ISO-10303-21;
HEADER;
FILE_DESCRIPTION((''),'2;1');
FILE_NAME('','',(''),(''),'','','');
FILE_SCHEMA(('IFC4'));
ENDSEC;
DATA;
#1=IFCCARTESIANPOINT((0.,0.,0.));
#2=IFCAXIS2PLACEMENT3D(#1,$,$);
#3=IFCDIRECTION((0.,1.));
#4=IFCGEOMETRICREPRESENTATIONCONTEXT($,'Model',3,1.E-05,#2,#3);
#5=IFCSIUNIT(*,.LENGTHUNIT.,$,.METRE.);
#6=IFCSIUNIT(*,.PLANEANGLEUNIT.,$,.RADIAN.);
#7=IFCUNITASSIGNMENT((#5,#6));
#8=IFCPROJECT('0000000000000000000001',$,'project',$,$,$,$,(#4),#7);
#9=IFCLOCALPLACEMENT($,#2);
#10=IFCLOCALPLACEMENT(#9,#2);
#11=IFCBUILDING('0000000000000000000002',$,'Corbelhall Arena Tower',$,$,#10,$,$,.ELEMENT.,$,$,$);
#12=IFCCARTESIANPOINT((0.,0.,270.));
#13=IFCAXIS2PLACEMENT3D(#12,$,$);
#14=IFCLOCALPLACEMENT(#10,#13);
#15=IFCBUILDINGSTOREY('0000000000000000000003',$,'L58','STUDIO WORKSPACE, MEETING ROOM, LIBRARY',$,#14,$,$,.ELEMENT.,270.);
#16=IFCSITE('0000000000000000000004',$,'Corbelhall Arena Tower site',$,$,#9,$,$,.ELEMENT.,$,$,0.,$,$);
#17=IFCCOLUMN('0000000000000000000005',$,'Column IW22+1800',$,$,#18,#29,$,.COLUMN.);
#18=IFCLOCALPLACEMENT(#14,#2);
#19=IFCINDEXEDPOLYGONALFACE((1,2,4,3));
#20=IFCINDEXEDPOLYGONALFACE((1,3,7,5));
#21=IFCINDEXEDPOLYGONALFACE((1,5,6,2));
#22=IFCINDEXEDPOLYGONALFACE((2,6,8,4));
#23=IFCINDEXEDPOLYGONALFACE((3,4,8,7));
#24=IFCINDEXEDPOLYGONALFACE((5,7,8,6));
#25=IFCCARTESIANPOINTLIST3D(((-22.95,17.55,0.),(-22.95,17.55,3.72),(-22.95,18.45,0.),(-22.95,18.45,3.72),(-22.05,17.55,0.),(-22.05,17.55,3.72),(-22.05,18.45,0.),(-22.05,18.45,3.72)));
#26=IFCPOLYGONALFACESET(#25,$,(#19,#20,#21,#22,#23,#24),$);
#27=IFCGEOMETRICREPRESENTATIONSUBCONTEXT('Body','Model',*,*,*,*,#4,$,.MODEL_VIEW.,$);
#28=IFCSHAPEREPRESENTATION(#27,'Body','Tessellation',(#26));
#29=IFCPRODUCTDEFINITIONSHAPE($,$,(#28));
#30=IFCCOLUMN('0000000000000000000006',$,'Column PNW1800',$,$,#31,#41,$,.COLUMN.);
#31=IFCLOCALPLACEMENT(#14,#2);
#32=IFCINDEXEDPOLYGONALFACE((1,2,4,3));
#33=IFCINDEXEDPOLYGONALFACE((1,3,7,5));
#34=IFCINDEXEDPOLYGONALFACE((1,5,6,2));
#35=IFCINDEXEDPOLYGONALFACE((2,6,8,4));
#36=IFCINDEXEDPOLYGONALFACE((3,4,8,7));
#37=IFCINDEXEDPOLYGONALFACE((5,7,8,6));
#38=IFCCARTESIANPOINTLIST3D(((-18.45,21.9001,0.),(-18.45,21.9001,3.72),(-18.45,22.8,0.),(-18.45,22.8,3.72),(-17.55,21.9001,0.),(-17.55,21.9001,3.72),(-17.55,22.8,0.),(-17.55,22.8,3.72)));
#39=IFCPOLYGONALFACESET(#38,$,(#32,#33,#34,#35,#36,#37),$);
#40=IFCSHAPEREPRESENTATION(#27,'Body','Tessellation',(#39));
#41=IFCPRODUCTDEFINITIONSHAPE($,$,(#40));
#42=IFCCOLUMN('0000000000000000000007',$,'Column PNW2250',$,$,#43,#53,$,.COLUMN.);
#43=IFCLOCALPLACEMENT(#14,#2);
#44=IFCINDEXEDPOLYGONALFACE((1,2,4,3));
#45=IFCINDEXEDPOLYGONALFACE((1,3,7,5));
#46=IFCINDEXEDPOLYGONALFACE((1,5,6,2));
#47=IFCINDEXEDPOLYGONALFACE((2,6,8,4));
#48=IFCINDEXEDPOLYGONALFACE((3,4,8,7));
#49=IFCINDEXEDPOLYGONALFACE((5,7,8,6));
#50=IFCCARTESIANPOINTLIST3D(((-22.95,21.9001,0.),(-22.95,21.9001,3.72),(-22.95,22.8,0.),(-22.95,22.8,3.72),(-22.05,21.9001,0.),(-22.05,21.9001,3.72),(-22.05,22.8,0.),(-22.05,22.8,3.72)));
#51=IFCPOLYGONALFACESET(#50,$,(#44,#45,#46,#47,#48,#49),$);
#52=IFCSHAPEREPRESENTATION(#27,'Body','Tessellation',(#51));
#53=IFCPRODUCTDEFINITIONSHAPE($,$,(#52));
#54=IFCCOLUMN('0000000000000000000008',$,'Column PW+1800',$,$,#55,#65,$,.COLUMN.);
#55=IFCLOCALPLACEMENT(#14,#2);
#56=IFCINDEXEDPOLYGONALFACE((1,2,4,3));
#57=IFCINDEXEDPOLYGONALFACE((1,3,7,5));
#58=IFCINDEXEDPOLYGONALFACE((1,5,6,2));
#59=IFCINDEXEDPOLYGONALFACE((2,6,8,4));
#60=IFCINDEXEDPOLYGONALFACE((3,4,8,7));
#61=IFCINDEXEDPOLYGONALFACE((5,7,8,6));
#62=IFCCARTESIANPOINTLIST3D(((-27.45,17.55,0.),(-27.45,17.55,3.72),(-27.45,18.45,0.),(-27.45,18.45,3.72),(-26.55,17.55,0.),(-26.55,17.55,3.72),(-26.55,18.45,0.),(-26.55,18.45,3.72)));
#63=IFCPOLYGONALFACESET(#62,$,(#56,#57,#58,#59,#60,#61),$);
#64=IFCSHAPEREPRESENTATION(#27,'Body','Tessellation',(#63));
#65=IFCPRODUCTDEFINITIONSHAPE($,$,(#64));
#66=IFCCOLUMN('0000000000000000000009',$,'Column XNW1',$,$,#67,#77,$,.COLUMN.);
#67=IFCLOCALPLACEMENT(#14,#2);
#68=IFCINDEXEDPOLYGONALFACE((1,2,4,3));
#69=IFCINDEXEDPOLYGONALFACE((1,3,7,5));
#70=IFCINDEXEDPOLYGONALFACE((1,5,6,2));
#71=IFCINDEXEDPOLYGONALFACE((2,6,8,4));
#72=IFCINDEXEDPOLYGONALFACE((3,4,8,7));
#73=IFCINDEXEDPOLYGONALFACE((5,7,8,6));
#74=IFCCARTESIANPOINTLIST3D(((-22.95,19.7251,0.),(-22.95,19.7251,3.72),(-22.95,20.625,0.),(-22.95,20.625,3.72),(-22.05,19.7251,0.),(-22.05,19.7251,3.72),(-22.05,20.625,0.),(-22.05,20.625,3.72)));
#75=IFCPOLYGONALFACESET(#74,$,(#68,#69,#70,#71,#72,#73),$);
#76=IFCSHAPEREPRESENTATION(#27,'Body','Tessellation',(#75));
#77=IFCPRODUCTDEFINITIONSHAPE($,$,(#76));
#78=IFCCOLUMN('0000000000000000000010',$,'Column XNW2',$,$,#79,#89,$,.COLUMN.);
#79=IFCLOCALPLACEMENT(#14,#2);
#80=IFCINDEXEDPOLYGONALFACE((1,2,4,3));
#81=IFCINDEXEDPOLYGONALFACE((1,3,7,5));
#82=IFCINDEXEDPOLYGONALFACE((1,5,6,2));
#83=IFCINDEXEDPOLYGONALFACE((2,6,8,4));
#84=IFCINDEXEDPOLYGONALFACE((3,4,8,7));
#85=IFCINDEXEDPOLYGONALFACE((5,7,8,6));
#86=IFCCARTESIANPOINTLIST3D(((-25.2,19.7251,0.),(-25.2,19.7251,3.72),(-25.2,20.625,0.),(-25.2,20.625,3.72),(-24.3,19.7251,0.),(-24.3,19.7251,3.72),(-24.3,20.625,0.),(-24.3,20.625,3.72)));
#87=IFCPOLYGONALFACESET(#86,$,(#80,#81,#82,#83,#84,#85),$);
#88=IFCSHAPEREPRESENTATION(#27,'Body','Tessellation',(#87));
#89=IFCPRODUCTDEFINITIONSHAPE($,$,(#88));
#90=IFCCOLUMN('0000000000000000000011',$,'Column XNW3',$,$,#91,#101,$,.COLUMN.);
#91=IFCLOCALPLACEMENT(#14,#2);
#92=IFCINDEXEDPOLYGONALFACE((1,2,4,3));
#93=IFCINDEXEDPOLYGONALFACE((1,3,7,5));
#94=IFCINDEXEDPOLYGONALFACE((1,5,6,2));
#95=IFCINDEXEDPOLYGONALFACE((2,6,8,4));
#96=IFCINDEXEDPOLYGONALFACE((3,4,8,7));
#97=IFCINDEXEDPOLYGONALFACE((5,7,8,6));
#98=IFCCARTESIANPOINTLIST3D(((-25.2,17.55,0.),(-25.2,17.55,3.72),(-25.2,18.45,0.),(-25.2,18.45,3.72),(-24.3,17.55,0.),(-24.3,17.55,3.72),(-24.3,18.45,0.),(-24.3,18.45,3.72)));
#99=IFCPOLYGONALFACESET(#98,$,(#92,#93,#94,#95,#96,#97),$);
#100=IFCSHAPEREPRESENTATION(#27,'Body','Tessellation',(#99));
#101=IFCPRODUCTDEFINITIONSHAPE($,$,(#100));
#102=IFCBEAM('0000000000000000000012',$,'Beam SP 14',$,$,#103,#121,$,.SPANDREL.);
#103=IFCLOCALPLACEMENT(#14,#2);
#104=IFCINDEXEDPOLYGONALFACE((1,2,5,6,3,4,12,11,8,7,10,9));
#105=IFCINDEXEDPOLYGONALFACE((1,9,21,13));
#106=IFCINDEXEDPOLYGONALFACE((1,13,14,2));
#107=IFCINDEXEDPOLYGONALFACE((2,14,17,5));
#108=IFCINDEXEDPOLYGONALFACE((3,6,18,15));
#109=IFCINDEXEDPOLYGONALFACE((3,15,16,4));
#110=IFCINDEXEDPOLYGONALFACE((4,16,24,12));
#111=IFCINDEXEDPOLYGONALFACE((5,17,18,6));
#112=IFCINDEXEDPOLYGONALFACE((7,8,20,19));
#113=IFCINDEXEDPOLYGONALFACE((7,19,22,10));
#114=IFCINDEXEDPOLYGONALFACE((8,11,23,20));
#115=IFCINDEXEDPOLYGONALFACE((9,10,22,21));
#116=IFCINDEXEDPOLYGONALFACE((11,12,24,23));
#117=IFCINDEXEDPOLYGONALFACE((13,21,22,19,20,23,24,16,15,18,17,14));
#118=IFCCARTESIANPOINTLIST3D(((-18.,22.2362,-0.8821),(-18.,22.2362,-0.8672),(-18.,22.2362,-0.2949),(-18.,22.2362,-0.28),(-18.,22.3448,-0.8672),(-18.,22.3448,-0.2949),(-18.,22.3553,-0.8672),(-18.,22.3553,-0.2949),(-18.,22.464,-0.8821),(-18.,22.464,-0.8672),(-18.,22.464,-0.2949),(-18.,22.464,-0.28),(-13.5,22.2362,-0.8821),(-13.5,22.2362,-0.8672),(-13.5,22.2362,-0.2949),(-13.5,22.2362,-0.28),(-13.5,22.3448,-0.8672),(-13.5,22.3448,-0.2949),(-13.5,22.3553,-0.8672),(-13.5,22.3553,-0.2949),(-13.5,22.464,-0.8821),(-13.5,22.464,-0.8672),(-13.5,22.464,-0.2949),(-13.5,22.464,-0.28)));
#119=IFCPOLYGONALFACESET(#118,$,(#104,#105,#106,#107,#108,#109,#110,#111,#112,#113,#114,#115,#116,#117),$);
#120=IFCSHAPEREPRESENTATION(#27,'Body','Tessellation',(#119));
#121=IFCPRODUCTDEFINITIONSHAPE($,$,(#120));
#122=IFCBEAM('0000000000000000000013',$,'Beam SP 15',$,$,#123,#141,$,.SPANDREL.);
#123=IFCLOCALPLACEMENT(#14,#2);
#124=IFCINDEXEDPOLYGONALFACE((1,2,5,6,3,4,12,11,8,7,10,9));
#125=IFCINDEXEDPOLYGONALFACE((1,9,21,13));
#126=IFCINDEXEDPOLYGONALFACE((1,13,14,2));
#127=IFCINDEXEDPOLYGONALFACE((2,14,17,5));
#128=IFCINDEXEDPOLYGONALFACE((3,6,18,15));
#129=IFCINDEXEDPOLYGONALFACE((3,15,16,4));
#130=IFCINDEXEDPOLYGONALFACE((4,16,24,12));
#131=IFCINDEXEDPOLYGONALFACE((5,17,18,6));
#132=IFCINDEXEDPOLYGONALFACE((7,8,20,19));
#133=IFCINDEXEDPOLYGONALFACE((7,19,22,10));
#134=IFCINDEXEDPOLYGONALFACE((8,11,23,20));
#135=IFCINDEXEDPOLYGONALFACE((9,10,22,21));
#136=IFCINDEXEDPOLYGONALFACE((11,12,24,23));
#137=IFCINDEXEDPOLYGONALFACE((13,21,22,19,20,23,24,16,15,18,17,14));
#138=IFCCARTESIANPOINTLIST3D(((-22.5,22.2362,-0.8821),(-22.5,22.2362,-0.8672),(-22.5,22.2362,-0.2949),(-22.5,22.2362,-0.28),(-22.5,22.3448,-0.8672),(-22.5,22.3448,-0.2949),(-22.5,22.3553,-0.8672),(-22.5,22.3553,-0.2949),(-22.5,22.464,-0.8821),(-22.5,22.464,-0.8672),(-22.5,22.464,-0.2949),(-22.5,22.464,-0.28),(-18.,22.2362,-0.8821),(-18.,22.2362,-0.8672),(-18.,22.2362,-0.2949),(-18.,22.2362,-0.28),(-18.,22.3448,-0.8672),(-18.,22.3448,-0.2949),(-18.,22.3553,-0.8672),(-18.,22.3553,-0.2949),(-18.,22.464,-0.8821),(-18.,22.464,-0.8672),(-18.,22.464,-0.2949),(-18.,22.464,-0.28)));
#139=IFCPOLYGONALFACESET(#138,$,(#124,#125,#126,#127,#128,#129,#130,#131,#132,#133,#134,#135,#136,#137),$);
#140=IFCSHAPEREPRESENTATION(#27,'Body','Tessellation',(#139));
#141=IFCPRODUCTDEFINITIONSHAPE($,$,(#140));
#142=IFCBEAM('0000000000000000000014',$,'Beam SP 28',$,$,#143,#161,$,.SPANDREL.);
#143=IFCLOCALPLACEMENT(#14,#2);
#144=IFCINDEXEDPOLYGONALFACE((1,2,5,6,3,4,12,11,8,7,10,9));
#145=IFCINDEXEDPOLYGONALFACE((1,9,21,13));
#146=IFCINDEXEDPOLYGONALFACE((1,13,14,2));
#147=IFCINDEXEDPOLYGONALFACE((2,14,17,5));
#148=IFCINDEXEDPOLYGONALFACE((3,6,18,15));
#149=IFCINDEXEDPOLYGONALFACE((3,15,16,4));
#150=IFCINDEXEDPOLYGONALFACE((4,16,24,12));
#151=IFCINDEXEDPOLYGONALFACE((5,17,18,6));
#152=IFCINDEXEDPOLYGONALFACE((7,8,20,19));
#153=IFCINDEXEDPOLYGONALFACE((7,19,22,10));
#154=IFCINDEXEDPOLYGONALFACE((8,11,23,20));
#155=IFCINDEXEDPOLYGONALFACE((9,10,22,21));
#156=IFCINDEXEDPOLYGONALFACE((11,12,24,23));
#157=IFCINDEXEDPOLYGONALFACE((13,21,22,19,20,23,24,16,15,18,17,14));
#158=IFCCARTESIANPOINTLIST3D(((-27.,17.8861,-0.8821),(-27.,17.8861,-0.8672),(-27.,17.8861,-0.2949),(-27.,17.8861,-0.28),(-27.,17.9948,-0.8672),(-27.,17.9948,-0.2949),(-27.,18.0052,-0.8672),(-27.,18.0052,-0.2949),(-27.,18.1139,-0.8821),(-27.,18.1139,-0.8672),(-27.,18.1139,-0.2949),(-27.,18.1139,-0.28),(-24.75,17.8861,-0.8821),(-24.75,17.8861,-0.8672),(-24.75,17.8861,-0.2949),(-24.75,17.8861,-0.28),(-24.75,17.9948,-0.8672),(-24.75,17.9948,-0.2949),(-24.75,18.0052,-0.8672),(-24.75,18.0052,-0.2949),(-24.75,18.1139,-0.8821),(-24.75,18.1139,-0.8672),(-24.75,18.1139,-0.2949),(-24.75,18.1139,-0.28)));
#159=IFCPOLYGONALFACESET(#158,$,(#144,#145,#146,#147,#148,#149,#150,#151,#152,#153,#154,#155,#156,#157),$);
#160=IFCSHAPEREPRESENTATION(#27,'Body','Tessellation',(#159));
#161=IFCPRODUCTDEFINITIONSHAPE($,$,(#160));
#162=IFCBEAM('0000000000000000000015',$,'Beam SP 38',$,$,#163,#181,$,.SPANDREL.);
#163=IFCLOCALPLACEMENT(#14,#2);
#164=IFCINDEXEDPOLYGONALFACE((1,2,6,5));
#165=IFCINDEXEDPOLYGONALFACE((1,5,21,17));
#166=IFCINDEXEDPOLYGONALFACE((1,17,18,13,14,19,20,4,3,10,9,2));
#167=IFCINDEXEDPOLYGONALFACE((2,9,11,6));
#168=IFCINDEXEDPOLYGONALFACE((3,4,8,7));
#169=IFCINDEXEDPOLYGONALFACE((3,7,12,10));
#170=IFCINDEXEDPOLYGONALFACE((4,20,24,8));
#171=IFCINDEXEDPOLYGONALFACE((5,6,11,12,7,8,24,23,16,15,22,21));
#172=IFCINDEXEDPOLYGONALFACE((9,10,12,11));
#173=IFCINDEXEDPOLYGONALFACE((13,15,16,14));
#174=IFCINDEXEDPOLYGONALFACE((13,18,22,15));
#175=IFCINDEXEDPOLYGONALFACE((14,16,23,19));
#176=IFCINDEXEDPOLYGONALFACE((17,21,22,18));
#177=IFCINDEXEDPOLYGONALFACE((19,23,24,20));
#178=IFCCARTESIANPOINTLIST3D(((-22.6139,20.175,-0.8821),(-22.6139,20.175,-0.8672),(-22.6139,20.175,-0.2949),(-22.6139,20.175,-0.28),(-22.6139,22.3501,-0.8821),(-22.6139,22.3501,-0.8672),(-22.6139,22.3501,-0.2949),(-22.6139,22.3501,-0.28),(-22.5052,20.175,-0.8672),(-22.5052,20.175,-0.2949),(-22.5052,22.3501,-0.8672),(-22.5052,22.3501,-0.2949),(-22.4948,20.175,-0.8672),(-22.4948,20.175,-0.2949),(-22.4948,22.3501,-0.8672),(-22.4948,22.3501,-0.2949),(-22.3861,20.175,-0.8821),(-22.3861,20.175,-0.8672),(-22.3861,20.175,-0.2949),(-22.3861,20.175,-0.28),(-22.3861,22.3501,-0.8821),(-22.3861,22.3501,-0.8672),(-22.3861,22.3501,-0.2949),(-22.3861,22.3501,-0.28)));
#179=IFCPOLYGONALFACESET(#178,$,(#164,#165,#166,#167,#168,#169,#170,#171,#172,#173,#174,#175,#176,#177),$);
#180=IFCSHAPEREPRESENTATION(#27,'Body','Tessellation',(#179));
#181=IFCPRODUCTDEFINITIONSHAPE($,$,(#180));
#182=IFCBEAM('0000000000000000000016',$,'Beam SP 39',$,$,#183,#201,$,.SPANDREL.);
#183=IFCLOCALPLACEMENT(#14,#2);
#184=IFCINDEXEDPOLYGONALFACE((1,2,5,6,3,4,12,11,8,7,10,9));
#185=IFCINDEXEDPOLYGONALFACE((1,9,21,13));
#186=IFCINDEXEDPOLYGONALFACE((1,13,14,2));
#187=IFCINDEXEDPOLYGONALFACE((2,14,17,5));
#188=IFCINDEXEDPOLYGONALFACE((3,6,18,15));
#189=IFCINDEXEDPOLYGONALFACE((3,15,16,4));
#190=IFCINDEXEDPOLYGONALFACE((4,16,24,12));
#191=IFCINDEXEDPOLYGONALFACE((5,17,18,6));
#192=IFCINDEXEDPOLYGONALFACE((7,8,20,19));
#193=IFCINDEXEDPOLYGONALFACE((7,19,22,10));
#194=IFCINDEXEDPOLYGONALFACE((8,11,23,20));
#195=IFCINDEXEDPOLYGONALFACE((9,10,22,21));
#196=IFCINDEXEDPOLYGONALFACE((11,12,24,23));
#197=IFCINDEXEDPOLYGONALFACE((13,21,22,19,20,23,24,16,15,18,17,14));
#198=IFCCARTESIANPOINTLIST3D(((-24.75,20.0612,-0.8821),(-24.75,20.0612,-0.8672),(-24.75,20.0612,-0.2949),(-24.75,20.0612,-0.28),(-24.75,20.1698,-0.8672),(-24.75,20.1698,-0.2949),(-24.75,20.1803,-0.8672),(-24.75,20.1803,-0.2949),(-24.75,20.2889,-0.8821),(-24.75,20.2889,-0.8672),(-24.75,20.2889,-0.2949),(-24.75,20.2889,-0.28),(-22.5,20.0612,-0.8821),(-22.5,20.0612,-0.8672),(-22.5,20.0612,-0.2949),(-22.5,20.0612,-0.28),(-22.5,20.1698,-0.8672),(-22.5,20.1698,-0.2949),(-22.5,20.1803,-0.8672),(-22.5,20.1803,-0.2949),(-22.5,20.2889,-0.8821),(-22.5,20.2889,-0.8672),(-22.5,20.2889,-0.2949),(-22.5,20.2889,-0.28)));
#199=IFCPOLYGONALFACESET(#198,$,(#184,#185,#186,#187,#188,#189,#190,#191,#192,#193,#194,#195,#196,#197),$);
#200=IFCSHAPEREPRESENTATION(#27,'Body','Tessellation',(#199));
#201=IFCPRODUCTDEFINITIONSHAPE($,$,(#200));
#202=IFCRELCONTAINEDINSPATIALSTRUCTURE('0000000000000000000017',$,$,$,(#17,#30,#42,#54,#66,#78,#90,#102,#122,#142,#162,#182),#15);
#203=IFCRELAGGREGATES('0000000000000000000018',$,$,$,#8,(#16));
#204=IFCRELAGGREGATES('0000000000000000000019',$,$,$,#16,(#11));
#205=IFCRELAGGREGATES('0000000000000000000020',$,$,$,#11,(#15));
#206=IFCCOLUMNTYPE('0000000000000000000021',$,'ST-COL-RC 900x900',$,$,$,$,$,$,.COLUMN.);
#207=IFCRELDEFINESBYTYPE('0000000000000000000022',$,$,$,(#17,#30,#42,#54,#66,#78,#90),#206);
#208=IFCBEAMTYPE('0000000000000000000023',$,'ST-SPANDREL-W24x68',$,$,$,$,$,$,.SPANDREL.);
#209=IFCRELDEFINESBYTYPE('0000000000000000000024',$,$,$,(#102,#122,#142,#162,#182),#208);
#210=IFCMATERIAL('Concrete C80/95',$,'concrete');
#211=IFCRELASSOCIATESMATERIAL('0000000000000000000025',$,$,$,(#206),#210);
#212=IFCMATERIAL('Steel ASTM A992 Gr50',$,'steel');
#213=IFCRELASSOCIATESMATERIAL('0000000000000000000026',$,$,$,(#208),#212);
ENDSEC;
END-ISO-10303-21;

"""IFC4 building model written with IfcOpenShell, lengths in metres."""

from ifc_helpers import new_model, si_unit, direction, frame, origin, origin_2d, place, context, subcontext, project, spatial, rectangle, i_section, extrude, material, material_profile, profile_set, type_object, element, save


model = new_model("IFC4")

# Units and contexts
model_context = context("Model", 3, precision=1e-05, world=origin(), true_north=direction((0.0, 1.0)))
body_context = subcontext(model_context, "Body", "Model", "MODEL_VIEW")
ifc_project = project(units=[si_unit("LENGTHUNIT", "METRE"), si_unit("PLANEANGLEUNIT", "RADIAN")], contexts=[model_context])

# Site, building, storey
site_placement = place(None, origin())
site = spatial("IfcSite", under=ifc_project, at=site_placement, Name="Corbelhall Arena Tower site", CompositionType="ELEMENT", RefElevation=0.0)
building_placement = place(site_placement, origin())
building = spatial("IfcBuilding", under=site, at=building_placement, Name="Corbelhall Arena Tower", CompositionType="ELEMENT")
storey_placement = place(building_placement, frame((0.0, 0.0, 270.0)))
storey = spatial("IfcBuildingStorey", under=building, at=storey_placement, Name="L58", Description="STUDIO WORKSPACE, MEETING ROOM, LIBRARY", CompositionType="ELEMENT", Elevation=270.0)

# Columns
ifc_material_1 = material(Name="Concrete C80/95", Category="concrete")
ifc_material_profile_1 = material_profile(ifc_material_1, rectangle(XDim=0.8999, YDim=0.8999, at=origin_2d()))
ifc_profile_set_1 = profile_set([ifc_material_profile_1], Name="Concrete C80/95")
column_type = type_object("IfcColumnType", Name="ST-COL-RC 900x900", PredefinedType="COLUMN", material=ifc_profile_set_1)
for number, where, z_axis, x_axis, name in (
    (1, (-22.5, 18.0, 0.0), (0.0, 0.0, 1.0), (1.0, 0.0, 0.0), "Column IW22+1800"),
    (2, (-18.0, 22.3501, 0.0), (0.0, 0.0, 1.0), (1.0, 0.0, 0.0), "Column PNW1800"),
    (3, (-22.5, 22.3501, 0.0), (0.0, 0.0, 1.0), (1.0, 0.0, 0.0), "Column PNW2250"),
    (4, (-27.0, 18.0, 0.0), (0.0, 0.0, 1.0), (0.0, 1.0, 0.0), "Column PW+1800"),
    (5, (-22.5, 20.175, 0.0), (0.0, 0.0, 1.0), (1.0, 0.0, 0.0), "Column XNW1"),
    (6, (-24.75, 20.175, 0.0), (0.0, 0.0, 1.0), (1.0, 0.0, 0.0), "Column XNW2"),
    (7, (-24.75, 18.0, 0.0), (0.0, 0.0, 1.0), (1.0, 0.0, 0.0), "Column XNW3"),
):
    element("IfcColumn", number, at=place(storey_placement, frame(where, z_axis=z_axis, x_axis=x_axis)), inside=storey, type_object=column_type, Name=name, PredefinedType="COLUMN", context=body_context, shape_type="SweptSolid", body=[
        extrude(rectangle(XDim=0.8999, YDim=0.8999, at=origin_2d()), origin(), (0.0, 0.0, 1.0), 3.72),
    ])

# Beams
ifc_material_2 = material(Name="Steel ASTM A992 Gr50", Category="steel")
ifc_material_profile_2 = material_profile(ifc_material_2, i_section(OverallWidth=0.2278, OverallDepth=0.6021, WebThickness=0.0105, FlangeThickness=0.0149, at=origin_2d()))
ifc_profile_set_2 = profile_set([ifc_material_profile_2], Name="Steel ASTM A992 Gr50")
beam_type = type_object("IfcBeamType", Name="ST-SPANDREL-W24x68", PredefinedType="SPANDREL", material=ifc_profile_set_2)
for number, where, z_axis, x_axis, name in (
    (8, (-18.0, 22.3501, -0.5811), (1.0, 0.0, 0.0), (0.0, 1.0, 0.0), "Beam SP 14"),
    (9, (-22.5, 22.3501, -0.5811), (1.0, 0.0, 0.0), (0.0, 1.0, 0.0), "Beam SP 15"),
):
    element("IfcBeam", number, at=place(storey_placement, frame(where, z_axis=z_axis, x_axis=x_axis)), inside=storey, type_object=beam_type, Name=name, PredefinedType="SPANDREL", context=body_context, shape_type="SweptSolid", body=[
        extrude(i_section(OverallWidth=0.2278, OverallDepth=0.6021, WebThickness=0.0105, FlangeThickness=0.0149, at=origin_2d()), origin(), (0.0, 0.0, 1.0), 4.5),
    ])
beam_1_placement = place(storey_placement, frame((-27.0, 18.0, -0.5811), z_axis=(1.0, 0.0, 0.0), x_axis=(0.0, 1.0, 0.0)))
element("IfcBeam", 10, at=beam_1_placement, inside=storey, type_object=beam_type, Name="Beam SP 28", PredefinedType="SPANDREL", context=body_context, shape_type="SweptSolid", body=[
    extrude(i_section(OverallWidth=0.2278, OverallDepth=0.6021, WebThickness=0.0105, FlangeThickness=0.0149, at=origin_2d()), origin(), (0.0, 0.0, 1.0), 2.25),
])
beam_2_placement = place(storey_placement, frame((-22.5, 20.175, -0.5811), z_axis=(0.0, 1.0, 0.0), x_axis=(-1.0, 0.0, 0.0)))
element("IfcBeam", 11, at=beam_2_placement, inside=storey, type_object=beam_type, Name="Beam SP 38", PredefinedType="SPANDREL", context=body_context, shape_type="SweptSolid", body=[
    extrude(i_section(OverallWidth=0.2278, OverallDepth=0.6021, WebThickness=0.0105, FlangeThickness=0.0149, at=origin_2d()), origin(), (0.0, 0.0, 1.0), 2.175),
])
beam_3_placement = place(storey_placement, frame((-24.75, 20.175, -0.5811), z_axis=(1.0, 0.0, 0.0), x_axis=(0.0, 1.0, 0.0)))
element("IfcBeam", 12, at=beam_3_placement, inside=storey, type_object=beam_type, Name="Beam SP 39", PredefinedType="SPANDREL", context=body_context, shape_type="SweptSolid", body=[
    extrude(i_section(OverallWidth=0.2278, OverallDepth=0.6021, WebThickness=0.0105, FlangeThickness=0.0149, at=origin_2d()), origin(), (0.0, 0.0, 1.0), 2.25),
])

save(model, "model.ifc")
